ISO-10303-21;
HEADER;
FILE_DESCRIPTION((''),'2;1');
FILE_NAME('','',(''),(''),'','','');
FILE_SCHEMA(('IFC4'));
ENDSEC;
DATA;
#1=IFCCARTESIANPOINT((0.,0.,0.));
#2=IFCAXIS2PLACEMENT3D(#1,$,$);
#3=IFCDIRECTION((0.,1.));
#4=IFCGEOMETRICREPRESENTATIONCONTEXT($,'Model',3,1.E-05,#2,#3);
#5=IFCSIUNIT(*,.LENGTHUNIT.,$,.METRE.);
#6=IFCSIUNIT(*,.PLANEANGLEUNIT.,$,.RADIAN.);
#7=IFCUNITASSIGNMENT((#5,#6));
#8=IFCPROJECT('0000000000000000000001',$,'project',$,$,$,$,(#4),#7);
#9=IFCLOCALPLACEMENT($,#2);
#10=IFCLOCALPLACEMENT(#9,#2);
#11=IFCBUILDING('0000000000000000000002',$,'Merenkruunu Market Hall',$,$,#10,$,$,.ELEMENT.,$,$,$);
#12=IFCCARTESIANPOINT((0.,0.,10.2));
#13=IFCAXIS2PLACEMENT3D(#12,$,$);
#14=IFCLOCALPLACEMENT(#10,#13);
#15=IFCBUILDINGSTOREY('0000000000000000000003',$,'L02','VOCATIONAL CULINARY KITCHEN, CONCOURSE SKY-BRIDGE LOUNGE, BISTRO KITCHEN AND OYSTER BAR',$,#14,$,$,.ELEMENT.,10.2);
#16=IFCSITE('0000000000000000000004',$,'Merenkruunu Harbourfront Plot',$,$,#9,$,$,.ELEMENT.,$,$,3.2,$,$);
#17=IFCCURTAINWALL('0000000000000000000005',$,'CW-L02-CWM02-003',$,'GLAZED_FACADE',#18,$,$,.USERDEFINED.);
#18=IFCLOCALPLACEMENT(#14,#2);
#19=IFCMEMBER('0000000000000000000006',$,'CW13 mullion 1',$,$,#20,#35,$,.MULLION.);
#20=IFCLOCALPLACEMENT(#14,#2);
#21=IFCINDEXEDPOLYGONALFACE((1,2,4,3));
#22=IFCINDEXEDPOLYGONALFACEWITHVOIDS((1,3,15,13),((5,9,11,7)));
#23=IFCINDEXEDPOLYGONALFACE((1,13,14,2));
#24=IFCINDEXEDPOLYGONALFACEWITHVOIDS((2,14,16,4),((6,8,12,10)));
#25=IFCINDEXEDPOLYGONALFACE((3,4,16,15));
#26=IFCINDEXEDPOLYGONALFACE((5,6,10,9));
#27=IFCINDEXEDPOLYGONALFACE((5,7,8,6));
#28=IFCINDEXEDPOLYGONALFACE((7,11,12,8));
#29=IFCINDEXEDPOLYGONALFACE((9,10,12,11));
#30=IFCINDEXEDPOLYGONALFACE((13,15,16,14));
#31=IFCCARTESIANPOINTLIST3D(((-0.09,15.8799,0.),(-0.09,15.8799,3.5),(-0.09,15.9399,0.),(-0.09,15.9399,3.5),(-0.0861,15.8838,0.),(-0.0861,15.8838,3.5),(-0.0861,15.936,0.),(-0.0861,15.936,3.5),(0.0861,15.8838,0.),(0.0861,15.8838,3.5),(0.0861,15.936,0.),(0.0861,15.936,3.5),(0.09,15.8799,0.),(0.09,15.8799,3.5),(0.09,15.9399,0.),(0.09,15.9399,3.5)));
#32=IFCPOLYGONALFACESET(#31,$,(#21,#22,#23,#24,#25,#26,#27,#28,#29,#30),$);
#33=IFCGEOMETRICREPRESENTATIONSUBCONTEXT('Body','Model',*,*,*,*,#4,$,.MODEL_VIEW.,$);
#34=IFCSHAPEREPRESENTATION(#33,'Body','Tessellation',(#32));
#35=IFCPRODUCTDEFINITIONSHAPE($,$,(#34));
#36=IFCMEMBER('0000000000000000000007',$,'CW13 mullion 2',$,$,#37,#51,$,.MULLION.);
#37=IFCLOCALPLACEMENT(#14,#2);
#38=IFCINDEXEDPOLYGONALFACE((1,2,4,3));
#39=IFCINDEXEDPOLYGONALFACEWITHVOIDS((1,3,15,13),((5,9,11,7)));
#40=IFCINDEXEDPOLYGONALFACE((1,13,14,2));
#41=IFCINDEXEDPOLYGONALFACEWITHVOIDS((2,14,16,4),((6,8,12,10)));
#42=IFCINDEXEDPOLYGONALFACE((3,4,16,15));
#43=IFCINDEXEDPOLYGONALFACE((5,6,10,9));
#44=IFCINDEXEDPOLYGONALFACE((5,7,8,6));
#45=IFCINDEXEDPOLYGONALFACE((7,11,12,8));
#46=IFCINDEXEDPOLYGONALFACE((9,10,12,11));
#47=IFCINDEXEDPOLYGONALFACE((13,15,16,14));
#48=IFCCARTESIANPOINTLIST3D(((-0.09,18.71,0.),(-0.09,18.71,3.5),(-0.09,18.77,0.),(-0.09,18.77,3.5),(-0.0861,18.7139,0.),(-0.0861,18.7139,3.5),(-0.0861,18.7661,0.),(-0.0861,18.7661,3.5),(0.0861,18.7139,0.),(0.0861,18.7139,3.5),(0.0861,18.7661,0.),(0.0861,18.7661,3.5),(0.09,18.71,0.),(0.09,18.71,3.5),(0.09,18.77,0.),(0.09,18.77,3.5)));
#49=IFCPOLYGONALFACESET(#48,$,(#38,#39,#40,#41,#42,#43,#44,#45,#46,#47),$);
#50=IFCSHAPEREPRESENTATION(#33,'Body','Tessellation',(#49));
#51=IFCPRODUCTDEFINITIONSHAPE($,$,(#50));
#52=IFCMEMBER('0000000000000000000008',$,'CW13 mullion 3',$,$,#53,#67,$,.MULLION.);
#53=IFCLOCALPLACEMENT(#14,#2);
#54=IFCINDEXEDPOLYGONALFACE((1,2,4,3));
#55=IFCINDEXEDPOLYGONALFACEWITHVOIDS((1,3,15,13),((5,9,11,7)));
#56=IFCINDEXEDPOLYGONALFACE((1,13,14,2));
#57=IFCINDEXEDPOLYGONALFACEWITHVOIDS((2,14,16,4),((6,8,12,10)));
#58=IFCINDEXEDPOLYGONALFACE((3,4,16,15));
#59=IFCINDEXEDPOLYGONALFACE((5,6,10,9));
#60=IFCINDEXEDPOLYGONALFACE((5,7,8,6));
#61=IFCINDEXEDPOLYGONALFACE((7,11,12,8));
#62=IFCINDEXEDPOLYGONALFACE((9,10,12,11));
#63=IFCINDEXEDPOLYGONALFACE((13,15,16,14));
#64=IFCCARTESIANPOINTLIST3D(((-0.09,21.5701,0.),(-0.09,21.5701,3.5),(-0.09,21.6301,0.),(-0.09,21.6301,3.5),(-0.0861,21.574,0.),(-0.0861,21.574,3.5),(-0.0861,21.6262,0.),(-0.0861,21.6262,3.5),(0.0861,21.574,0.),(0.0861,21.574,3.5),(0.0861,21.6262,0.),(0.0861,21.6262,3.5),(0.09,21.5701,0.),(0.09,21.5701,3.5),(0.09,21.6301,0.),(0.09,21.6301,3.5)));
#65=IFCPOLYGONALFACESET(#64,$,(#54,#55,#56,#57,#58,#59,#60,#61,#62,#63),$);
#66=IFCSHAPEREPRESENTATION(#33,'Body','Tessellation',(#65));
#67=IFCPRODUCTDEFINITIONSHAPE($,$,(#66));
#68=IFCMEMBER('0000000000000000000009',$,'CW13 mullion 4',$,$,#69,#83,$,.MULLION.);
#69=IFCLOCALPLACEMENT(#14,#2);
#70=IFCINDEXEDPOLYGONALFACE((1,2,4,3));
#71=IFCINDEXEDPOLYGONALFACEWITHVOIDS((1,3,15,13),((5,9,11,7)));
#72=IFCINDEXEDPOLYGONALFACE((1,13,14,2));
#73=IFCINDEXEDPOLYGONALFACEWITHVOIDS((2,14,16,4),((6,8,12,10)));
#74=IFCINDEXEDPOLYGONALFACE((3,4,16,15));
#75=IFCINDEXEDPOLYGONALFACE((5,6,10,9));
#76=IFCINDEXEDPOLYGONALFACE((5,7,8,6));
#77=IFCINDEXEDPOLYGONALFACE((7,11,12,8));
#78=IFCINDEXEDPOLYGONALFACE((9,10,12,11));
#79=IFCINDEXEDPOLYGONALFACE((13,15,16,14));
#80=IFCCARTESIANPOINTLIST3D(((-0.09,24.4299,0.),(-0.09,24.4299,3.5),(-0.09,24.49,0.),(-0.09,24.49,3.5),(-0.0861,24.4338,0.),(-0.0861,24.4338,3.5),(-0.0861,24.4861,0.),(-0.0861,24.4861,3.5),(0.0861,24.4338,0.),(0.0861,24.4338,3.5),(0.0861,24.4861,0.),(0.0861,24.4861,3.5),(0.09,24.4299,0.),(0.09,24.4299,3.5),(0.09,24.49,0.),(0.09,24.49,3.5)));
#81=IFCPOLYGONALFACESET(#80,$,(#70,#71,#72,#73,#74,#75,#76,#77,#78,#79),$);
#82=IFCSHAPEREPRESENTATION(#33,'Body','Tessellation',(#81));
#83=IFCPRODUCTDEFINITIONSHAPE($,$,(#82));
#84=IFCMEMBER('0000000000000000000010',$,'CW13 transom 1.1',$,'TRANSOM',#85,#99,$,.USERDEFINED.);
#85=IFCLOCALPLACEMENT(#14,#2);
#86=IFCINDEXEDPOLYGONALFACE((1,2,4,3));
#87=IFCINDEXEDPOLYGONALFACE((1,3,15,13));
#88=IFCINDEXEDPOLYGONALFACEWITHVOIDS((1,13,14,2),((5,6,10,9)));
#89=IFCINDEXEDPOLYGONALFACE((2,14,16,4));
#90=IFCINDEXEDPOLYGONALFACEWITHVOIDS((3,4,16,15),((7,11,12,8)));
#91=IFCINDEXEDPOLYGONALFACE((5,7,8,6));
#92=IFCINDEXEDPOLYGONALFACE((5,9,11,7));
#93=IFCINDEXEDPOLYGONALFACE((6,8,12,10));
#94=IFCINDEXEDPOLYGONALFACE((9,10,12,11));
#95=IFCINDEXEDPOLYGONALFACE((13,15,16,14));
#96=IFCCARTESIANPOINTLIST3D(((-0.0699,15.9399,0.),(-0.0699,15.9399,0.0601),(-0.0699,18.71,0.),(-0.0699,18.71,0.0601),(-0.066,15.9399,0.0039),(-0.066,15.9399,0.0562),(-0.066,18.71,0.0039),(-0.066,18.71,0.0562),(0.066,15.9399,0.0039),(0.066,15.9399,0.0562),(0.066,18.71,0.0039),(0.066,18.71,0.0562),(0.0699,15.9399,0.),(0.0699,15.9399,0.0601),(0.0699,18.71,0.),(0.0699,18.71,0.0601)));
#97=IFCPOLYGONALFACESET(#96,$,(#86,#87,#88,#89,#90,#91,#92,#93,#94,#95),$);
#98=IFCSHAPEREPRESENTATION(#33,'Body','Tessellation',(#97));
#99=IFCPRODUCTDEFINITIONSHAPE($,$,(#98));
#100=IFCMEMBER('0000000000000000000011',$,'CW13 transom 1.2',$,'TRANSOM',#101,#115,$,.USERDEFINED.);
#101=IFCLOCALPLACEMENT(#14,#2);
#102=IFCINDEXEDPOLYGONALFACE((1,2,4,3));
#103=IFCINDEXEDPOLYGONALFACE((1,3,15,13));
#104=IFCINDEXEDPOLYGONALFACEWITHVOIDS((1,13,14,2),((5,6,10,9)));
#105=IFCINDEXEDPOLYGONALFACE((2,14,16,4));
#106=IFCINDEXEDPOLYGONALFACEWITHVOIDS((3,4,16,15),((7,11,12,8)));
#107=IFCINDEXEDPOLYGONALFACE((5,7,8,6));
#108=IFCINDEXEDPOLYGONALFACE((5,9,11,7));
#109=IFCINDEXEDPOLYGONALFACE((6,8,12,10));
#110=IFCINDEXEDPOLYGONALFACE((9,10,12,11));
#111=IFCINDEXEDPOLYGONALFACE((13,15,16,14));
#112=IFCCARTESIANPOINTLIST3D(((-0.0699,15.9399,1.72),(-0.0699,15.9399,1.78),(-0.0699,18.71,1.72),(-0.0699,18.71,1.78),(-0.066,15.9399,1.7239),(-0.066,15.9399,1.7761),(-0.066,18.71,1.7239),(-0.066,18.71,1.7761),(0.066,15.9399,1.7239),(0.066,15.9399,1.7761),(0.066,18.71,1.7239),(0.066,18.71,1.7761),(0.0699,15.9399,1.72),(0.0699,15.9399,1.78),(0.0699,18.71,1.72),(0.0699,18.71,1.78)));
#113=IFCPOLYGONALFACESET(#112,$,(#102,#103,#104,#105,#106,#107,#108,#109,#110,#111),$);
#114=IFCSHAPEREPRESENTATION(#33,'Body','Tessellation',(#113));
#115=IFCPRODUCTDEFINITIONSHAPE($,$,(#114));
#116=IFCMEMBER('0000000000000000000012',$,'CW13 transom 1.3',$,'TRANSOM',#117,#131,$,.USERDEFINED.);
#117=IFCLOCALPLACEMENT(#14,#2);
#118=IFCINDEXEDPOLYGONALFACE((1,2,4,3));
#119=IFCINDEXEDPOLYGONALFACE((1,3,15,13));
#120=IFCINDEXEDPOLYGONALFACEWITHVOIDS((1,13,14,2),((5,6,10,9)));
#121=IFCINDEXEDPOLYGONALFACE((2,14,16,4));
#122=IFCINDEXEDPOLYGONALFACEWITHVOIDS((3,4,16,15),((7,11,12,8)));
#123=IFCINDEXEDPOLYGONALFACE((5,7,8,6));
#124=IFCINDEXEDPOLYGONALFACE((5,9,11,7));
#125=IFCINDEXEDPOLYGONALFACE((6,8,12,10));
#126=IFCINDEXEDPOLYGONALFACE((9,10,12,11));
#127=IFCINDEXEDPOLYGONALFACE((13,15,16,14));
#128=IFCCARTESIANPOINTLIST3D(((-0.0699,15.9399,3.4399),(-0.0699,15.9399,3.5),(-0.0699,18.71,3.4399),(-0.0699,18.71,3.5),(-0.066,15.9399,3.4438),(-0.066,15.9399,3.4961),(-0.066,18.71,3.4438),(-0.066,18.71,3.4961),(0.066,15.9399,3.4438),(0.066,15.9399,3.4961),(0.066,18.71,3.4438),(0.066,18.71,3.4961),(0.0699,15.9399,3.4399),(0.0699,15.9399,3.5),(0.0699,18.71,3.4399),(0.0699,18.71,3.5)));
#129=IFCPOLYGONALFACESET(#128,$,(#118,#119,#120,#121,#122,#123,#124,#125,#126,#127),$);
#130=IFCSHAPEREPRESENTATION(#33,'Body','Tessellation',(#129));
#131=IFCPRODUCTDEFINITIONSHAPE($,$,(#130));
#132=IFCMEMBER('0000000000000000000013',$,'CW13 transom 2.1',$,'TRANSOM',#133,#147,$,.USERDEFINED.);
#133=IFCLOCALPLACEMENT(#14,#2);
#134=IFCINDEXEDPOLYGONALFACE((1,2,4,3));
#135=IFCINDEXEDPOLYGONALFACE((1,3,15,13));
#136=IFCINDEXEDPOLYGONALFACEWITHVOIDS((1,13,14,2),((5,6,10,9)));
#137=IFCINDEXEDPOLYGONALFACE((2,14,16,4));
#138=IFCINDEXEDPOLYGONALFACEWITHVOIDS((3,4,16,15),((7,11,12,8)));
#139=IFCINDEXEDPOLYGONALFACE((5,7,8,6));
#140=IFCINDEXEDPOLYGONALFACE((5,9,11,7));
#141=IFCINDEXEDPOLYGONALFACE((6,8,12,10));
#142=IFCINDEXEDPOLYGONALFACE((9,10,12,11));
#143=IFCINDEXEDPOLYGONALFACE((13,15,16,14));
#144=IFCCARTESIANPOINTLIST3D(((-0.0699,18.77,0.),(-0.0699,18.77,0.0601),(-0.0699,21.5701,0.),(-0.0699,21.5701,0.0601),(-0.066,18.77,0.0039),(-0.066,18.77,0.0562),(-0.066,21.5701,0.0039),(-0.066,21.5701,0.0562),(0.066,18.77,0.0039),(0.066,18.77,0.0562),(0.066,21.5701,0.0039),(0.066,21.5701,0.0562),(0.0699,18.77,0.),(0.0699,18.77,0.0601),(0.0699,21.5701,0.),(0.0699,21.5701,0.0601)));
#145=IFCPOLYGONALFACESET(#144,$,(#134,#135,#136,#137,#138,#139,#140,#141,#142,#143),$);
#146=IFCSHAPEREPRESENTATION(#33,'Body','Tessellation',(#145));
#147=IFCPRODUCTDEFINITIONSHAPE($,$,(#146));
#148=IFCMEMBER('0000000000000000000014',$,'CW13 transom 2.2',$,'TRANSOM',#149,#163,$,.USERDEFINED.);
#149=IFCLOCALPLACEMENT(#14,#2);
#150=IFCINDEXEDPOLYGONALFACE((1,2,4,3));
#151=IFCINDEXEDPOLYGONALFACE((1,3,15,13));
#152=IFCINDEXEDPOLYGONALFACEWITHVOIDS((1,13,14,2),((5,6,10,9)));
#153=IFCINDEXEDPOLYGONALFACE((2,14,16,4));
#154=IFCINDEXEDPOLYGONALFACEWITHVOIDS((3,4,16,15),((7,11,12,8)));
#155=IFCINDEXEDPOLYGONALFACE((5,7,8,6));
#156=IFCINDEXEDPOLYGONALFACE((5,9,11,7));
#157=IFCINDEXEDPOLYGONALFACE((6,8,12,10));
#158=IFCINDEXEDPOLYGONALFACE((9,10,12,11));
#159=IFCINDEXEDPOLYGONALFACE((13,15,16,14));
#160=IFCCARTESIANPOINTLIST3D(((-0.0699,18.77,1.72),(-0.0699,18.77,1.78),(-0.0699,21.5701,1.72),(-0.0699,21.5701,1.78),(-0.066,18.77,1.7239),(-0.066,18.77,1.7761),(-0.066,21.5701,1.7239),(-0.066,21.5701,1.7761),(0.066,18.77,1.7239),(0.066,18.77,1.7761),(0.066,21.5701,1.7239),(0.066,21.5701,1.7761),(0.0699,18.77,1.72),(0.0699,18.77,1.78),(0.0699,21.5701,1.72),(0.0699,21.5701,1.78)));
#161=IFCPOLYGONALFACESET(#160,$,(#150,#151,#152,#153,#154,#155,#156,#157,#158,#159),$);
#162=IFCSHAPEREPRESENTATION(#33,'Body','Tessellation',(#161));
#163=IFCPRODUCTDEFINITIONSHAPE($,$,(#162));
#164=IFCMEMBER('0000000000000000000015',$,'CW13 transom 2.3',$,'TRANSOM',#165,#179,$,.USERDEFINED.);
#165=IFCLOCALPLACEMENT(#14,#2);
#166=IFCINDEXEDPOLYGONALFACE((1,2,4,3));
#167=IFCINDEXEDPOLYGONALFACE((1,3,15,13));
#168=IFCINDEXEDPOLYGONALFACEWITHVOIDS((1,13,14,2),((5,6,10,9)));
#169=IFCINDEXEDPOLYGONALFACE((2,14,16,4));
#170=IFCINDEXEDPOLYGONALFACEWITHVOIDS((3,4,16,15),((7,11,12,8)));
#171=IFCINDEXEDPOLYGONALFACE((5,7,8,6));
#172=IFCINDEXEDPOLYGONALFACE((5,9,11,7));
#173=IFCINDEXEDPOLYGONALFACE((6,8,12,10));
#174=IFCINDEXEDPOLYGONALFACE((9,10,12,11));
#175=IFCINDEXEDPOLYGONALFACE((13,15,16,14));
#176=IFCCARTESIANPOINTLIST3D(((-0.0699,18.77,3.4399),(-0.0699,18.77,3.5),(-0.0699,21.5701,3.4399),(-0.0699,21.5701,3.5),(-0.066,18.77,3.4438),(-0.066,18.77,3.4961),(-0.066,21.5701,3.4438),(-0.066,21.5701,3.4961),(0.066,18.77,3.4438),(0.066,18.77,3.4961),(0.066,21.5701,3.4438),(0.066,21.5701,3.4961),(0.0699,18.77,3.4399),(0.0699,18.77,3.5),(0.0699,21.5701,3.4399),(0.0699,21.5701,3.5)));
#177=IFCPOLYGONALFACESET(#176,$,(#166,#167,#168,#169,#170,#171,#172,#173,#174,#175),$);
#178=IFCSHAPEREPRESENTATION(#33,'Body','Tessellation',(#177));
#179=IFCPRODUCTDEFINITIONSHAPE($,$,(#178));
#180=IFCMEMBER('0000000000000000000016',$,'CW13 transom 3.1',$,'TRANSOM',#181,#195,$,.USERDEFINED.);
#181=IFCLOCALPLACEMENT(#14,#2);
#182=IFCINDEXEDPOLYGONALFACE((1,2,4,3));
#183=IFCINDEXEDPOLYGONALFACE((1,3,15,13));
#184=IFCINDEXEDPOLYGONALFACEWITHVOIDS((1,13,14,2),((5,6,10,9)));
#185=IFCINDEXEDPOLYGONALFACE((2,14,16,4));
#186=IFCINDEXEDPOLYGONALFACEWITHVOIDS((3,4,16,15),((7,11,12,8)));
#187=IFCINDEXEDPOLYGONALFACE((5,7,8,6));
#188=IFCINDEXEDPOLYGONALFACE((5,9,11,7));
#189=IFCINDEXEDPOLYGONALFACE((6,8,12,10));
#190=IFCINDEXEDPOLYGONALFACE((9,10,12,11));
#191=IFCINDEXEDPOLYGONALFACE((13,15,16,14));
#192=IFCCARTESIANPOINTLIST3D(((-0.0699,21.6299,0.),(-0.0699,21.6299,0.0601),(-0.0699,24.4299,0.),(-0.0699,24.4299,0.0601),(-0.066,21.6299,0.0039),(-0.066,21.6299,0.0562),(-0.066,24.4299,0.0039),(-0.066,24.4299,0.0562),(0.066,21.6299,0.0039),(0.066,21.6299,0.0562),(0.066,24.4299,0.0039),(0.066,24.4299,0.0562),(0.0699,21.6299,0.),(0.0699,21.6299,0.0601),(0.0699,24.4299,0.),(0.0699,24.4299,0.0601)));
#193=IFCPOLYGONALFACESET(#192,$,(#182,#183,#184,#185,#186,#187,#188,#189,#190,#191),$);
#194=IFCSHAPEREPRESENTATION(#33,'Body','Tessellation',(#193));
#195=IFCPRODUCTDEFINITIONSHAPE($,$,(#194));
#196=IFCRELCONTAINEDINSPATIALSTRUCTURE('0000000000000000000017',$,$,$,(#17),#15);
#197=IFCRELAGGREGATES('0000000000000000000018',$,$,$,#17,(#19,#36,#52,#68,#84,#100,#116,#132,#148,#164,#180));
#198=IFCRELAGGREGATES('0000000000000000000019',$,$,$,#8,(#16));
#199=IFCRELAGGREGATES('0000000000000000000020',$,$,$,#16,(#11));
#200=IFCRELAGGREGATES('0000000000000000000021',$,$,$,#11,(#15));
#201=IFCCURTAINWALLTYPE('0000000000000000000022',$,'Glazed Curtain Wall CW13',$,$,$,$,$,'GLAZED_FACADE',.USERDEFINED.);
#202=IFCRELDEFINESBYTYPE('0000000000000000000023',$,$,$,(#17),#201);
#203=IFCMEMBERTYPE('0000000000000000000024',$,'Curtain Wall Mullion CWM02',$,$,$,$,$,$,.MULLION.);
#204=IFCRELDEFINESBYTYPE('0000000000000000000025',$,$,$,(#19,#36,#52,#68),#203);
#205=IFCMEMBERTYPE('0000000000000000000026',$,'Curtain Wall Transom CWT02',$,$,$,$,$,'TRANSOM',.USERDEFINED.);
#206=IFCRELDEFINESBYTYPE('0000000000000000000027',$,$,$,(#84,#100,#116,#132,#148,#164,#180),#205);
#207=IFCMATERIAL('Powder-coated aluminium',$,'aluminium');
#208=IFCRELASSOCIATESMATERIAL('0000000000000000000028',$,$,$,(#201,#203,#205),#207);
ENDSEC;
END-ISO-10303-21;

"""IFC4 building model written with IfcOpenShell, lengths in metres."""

from ifc_helpers import new_model, si_unit, direction, frame, origin, origin_2d, place, context, subcontext, project, spatial, hollow_rectangle, extrude, material, material_profile, profile_set, type_object, element, aggregate, save


model = new_model("IFC4")

# Units and contexts
model_context = context("Model", 3, precision=1e-05, world=origin(), true_north=direction((0.0, 1.0)))
body_context = subcontext(model_context, "Body", "Model", "MODEL_VIEW")
ifc_project = project(units=[si_unit("LENGTHUNIT", "METRE"), si_unit("PLANEANGLEUNIT", "RADIAN")], contexts=[model_context])

# Site, building, storey
site_placement = place(None, origin())
site = spatial("IfcSite", under=ifc_project, at=site_placement, Name="Merenkruunu Harbourfront Plot", CompositionType="ELEMENT", RefElevation=3.2)
building_placement = place(site_placement, origin())
building = spatial("IfcBuilding", under=site, at=building_placement, Name="Merenkruunu Market Hall", CompositionType="ELEMENT")
storey_placement = place(building_placement, frame((0.0, 0.0, 10.2)))
storey = spatial("IfcBuildingStorey", under=building, at=storey_placement, Name="L02", Description="VOCATIONAL CULINARY KITCHEN, CONCOURSE SKY-BRIDGE LOUNGE, BISTRO KITCHEN AND OYSTER BAR", CompositionType="ELEMENT", Elevation=10.2)

# Curtain wall, members
ifc_material_1 = material(Name="Powder-coated aluminium", Category="aluminium")
curtain_wall_type = type_object("IfcCurtainWallType", Name="Glazed Curtain Wall CW13", ElementType="GLAZED_FACADE", PredefinedType="USERDEFINED", material=ifc_material_1)
curtain_wall_placement = place(storey_placement, origin())
curtain_wall = element("IfcCurtainWall", 1, at=curtain_wall_placement, inside=storey, type_object=curtain_wall_type, Name="CW-L02-CWM02-003", ObjectType="GLAZED_FACADE", PredefinedType="USERDEFINED")
ifc_material_profile_1 = material_profile(ifc_material_1, hollow_rectangle(XDim=0.0601, YDim=0.1799, WallThickness=0.0039, at=origin_2d()), Name="ALU 60x180x4")
ifc_profile_set_1 = profile_set([ifc_material_profile_1], Name="Powder-coated aluminium")
member_type_1 = type_object("IfcMemberType", Name="Curtain Wall Mullion CWM02", PredefinedType="MULLION", material=ifc_profile_set_1)
member_1_placement = place(storey_placement, frame((0.0, 15.9099, 0.0), z_axis=(0.0, 0.0, 1.0), x_axis=(0.0, 1.0, 0.0)))
member_1 = element("IfcMember", 2, at=member_1_placement, type_object=member_type_1, Name="CW13 mullion 1", PredefinedType="MULLION", context=body_context, shape_type="SweptSolid", body=[
    extrude(hollow_rectangle(XDim=0.0601, YDim=0.1799, WallThickness=0.0039, at=origin_2d()), origin(), (0.0, 0.0, 1.0), 3.5),
])
member_2_placement = place(storey_placement, frame((0.0, 18.74, 0.0), z_axis=(0.0, 0.0, 1.0), x_axis=(0.0, 1.0, 0.0)))
member_2 = element("IfcMember", 3, at=member_2_placement, type_object=member_type_1, Name="CW13 mullion 2", PredefinedType="MULLION", context=body_context, shape_type="SweptSolid", body=[
    extrude(hollow_rectangle(XDim=0.0601, YDim=0.1799, WallThickness=0.0039, at=origin_2d()), origin(), (0.0, 0.0, 1.0), 3.5),
])
member_3_placement = place(storey_placement, frame((0.0, 21.6001, 0.0), z_axis=(0.0, 0.0, 1.0), x_axis=(0.0, 1.0, 0.0)))
member_3 = element("IfcMember", 4, at=member_3_placement, type_object=member_type_1, Name="CW13 mullion 3", PredefinedType="MULLION", context=body_context, shape_type="SweptSolid", body=[
    extrude(hollow_rectangle(XDim=0.0601, YDim=0.1799, WallThickness=0.0039, at=origin_2d()), origin(), (0.0, 0.0, 1.0), 3.5),
])
member_4_placement = place(storey_placement, frame((0.0, 24.46, 0.0), z_axis=(0.0, 0.0, 1.0), x_axis=(0.0, 1.0, 0.0)))
member_4 = element("IfcMember", 5, at=member_4_placement, type_object=member_type_1, Name="CW13 mullion 4", PredefinedType="MULLION", context=body_context, shape_type="SweptSolid", body=[
    extrude(hollow_rectangle(XDim=0.0601, YDim=0.1799, WallThickness=0.0039, at=origin_2d()), origin(), (0.0, 0.0, 1.0), 3.5),
])
ifc_material_profile_2 = material_profile(ifc_material_1, hollow_rectangle(XDim=0.0601, YDim=0.1399, WallThickness=0.0039, at=origin_2d()), Name="ALU 60x140x4")
ifc_profile_set_2 = profile_set([ifc_material_profile_2], Name="Powder-coated aluminium")
member_type_2 = type_object("IfcMemberType", Name="Curtain Wall Transom CWT02", ElementType="TRANSOM", PredefinedType="USERDEFINED", material=ifc_profile_set_2)
member_5_placement = place(storey_placement, frame((0.0, 15.9399, 0.03), z_axis=(0.0, 1.0, 0.0), x_axis=(0.0, 0.0, 1.0)))
member_5 = element("IfcMember", 6, at=member_5_placement, type_object=member_type_2, Name="CW13 transom 1.1", ObjectType="TRANSOM", PredefinedType="USERDEFINED", context=body_context, shape_type="SweptSolid", body=[
    extrude(hollow_rectangle(XDim=0.0601, YDim=0.1399, WallThickness=0.0039, at=origin_2d()), origin(), (0.0, 0.0, 1.0), 2.77),
])
member_6_placement = place(storey_placement, frame((0.0, 15.9399, 1.75), z_axis=(0.0, 1.0, 0.0), x_axis=(0.0, 0.0, 1.0)))
member_6 = element("IfcMember", 7, at=member_6_placement, type_object=member_type_2, Name="CW13 transom 1.2", ObjectType="TRANSOM", PredefinedType="USERDEFINED", context=body_context, shape_type="SweptSolid", body=[
    extrude(hollow_rectangle(XDim=0.0601, YDim=0.1399, WallThickness=0.0039, at=origin_2d()), origin(), (0.0, 0.0, 1.0), 2.77),
])
member_7_placement = place(storey_placement, frame((0.0, 15.9399, 3.47), z_axis=(0.0, 1.0, 0.0), x_axis=(0.0, 0.0, 1.0)))
member_7 = element("IfcMember", 8, at=member_7_placement, type_object=member_type_2, Name="CW13 transom 1.3", ObjectType="TRANSOM", PredefinedType="USERDEFINED", context=body_context, shape_type="SweptSolid", body=[
    extrude(hollow_rectangle(XDim=0.0601, YDim=0.1399, WallThickness=0.0039, at=origin_2d()), origin(), (0.0, 0.0, 1.0), 2.77),
])
member_8_placement = place(storey_placement, frame((0.0, 18.77, 0.03), z_axis=(0.0, 1.0, 0.0), x_axis=(0.0, 0.0, 1.0)))
member_8 = element("IfcMember", 9, at=member_8_placement, type_object=member_type_2, Name="CW13 transom 2.1", ObjectType="TRANSOM", PredefinedType="USERDEFINED", context=body_context, shape_type="SweptSolid", body=[
    extrude(hollow_rectangle(XDim=0.0601, YDim=0.1399, WallThickness=0.0039, at=origin_2d()), origin(), (0.0, 0.0, 1.0), 2.8),
])
member_9_placement = place(storey_placement, frame((0.0, 18.77, 1.75), z_axis=(0.0, 1.0, 0.0), x_axis=(0.0, 0.0, 1.0)))
member_9 = element("IfcMember", 10, at=member_9_placement, type_object=member_type_2, Name="CW13 transom 2.2", ObjectType="TRANSOM", PredefinedType="USERDEFINED", context=body_context, shape_type="SweptSolid", body=[
    extrude(hollow_rectangle(XDim=0.0601, YDim=0.1399, WallThickness=0.0039, at=origin_2d()), origin(), (0.0, 0.0, 1.0), 2.8),
])
member_10_placement = place(storey_placement, frame((0.0, 18.77, 3.47), z_axis=(0.0, 1.0, 0.0), x_axis=(0.0, 0.0, 1.0)))
member_10 = element("IfcMember", 11, at=member_10_placement, type_object=member_type_2, Name="CW13 transom 2.3", ObjectType="TRANSOM", PredefinedType="USERDEFINED", context=body_context, shape_type="SweptSolid", body=[
    extrude(hollow_rectangle(XDim=0.0601, YDim=0.1399, WallThickness=0.0039, at=origin_2d()), origin(), (0.0, 0.0, 1.0), 2.8),
])
member_11_placement = place(storey_placement, frame((0.0, 21.6299, 0.03), z_axis=(0.0, 1.0, 0.0), x_axis=(0.0, 0.0, 1.0)))
member_11 = element("IfcMember", 12, at=member_11_placement, type_object=member_type_2, Name="CW13 transom 3.1", ObjectType="TRANSOM", PredefinedType="USERDEFINED", context=body_context, shape_type="SweptSolid", body=[
    extrude(hollow_rectangle(XDim=0.0601, YDim=0.1399, WallThickness=0.0039, at=origin_2d()), origin(), (0.0, 0.0, 1.0), 2.8),
])
aggregate(curtain_wall, [member_1, member_2, member_3, member_4, member_5, member_6, member_7, member_8, member_9, member_10, member_11])

save(model, "model.ifc")
